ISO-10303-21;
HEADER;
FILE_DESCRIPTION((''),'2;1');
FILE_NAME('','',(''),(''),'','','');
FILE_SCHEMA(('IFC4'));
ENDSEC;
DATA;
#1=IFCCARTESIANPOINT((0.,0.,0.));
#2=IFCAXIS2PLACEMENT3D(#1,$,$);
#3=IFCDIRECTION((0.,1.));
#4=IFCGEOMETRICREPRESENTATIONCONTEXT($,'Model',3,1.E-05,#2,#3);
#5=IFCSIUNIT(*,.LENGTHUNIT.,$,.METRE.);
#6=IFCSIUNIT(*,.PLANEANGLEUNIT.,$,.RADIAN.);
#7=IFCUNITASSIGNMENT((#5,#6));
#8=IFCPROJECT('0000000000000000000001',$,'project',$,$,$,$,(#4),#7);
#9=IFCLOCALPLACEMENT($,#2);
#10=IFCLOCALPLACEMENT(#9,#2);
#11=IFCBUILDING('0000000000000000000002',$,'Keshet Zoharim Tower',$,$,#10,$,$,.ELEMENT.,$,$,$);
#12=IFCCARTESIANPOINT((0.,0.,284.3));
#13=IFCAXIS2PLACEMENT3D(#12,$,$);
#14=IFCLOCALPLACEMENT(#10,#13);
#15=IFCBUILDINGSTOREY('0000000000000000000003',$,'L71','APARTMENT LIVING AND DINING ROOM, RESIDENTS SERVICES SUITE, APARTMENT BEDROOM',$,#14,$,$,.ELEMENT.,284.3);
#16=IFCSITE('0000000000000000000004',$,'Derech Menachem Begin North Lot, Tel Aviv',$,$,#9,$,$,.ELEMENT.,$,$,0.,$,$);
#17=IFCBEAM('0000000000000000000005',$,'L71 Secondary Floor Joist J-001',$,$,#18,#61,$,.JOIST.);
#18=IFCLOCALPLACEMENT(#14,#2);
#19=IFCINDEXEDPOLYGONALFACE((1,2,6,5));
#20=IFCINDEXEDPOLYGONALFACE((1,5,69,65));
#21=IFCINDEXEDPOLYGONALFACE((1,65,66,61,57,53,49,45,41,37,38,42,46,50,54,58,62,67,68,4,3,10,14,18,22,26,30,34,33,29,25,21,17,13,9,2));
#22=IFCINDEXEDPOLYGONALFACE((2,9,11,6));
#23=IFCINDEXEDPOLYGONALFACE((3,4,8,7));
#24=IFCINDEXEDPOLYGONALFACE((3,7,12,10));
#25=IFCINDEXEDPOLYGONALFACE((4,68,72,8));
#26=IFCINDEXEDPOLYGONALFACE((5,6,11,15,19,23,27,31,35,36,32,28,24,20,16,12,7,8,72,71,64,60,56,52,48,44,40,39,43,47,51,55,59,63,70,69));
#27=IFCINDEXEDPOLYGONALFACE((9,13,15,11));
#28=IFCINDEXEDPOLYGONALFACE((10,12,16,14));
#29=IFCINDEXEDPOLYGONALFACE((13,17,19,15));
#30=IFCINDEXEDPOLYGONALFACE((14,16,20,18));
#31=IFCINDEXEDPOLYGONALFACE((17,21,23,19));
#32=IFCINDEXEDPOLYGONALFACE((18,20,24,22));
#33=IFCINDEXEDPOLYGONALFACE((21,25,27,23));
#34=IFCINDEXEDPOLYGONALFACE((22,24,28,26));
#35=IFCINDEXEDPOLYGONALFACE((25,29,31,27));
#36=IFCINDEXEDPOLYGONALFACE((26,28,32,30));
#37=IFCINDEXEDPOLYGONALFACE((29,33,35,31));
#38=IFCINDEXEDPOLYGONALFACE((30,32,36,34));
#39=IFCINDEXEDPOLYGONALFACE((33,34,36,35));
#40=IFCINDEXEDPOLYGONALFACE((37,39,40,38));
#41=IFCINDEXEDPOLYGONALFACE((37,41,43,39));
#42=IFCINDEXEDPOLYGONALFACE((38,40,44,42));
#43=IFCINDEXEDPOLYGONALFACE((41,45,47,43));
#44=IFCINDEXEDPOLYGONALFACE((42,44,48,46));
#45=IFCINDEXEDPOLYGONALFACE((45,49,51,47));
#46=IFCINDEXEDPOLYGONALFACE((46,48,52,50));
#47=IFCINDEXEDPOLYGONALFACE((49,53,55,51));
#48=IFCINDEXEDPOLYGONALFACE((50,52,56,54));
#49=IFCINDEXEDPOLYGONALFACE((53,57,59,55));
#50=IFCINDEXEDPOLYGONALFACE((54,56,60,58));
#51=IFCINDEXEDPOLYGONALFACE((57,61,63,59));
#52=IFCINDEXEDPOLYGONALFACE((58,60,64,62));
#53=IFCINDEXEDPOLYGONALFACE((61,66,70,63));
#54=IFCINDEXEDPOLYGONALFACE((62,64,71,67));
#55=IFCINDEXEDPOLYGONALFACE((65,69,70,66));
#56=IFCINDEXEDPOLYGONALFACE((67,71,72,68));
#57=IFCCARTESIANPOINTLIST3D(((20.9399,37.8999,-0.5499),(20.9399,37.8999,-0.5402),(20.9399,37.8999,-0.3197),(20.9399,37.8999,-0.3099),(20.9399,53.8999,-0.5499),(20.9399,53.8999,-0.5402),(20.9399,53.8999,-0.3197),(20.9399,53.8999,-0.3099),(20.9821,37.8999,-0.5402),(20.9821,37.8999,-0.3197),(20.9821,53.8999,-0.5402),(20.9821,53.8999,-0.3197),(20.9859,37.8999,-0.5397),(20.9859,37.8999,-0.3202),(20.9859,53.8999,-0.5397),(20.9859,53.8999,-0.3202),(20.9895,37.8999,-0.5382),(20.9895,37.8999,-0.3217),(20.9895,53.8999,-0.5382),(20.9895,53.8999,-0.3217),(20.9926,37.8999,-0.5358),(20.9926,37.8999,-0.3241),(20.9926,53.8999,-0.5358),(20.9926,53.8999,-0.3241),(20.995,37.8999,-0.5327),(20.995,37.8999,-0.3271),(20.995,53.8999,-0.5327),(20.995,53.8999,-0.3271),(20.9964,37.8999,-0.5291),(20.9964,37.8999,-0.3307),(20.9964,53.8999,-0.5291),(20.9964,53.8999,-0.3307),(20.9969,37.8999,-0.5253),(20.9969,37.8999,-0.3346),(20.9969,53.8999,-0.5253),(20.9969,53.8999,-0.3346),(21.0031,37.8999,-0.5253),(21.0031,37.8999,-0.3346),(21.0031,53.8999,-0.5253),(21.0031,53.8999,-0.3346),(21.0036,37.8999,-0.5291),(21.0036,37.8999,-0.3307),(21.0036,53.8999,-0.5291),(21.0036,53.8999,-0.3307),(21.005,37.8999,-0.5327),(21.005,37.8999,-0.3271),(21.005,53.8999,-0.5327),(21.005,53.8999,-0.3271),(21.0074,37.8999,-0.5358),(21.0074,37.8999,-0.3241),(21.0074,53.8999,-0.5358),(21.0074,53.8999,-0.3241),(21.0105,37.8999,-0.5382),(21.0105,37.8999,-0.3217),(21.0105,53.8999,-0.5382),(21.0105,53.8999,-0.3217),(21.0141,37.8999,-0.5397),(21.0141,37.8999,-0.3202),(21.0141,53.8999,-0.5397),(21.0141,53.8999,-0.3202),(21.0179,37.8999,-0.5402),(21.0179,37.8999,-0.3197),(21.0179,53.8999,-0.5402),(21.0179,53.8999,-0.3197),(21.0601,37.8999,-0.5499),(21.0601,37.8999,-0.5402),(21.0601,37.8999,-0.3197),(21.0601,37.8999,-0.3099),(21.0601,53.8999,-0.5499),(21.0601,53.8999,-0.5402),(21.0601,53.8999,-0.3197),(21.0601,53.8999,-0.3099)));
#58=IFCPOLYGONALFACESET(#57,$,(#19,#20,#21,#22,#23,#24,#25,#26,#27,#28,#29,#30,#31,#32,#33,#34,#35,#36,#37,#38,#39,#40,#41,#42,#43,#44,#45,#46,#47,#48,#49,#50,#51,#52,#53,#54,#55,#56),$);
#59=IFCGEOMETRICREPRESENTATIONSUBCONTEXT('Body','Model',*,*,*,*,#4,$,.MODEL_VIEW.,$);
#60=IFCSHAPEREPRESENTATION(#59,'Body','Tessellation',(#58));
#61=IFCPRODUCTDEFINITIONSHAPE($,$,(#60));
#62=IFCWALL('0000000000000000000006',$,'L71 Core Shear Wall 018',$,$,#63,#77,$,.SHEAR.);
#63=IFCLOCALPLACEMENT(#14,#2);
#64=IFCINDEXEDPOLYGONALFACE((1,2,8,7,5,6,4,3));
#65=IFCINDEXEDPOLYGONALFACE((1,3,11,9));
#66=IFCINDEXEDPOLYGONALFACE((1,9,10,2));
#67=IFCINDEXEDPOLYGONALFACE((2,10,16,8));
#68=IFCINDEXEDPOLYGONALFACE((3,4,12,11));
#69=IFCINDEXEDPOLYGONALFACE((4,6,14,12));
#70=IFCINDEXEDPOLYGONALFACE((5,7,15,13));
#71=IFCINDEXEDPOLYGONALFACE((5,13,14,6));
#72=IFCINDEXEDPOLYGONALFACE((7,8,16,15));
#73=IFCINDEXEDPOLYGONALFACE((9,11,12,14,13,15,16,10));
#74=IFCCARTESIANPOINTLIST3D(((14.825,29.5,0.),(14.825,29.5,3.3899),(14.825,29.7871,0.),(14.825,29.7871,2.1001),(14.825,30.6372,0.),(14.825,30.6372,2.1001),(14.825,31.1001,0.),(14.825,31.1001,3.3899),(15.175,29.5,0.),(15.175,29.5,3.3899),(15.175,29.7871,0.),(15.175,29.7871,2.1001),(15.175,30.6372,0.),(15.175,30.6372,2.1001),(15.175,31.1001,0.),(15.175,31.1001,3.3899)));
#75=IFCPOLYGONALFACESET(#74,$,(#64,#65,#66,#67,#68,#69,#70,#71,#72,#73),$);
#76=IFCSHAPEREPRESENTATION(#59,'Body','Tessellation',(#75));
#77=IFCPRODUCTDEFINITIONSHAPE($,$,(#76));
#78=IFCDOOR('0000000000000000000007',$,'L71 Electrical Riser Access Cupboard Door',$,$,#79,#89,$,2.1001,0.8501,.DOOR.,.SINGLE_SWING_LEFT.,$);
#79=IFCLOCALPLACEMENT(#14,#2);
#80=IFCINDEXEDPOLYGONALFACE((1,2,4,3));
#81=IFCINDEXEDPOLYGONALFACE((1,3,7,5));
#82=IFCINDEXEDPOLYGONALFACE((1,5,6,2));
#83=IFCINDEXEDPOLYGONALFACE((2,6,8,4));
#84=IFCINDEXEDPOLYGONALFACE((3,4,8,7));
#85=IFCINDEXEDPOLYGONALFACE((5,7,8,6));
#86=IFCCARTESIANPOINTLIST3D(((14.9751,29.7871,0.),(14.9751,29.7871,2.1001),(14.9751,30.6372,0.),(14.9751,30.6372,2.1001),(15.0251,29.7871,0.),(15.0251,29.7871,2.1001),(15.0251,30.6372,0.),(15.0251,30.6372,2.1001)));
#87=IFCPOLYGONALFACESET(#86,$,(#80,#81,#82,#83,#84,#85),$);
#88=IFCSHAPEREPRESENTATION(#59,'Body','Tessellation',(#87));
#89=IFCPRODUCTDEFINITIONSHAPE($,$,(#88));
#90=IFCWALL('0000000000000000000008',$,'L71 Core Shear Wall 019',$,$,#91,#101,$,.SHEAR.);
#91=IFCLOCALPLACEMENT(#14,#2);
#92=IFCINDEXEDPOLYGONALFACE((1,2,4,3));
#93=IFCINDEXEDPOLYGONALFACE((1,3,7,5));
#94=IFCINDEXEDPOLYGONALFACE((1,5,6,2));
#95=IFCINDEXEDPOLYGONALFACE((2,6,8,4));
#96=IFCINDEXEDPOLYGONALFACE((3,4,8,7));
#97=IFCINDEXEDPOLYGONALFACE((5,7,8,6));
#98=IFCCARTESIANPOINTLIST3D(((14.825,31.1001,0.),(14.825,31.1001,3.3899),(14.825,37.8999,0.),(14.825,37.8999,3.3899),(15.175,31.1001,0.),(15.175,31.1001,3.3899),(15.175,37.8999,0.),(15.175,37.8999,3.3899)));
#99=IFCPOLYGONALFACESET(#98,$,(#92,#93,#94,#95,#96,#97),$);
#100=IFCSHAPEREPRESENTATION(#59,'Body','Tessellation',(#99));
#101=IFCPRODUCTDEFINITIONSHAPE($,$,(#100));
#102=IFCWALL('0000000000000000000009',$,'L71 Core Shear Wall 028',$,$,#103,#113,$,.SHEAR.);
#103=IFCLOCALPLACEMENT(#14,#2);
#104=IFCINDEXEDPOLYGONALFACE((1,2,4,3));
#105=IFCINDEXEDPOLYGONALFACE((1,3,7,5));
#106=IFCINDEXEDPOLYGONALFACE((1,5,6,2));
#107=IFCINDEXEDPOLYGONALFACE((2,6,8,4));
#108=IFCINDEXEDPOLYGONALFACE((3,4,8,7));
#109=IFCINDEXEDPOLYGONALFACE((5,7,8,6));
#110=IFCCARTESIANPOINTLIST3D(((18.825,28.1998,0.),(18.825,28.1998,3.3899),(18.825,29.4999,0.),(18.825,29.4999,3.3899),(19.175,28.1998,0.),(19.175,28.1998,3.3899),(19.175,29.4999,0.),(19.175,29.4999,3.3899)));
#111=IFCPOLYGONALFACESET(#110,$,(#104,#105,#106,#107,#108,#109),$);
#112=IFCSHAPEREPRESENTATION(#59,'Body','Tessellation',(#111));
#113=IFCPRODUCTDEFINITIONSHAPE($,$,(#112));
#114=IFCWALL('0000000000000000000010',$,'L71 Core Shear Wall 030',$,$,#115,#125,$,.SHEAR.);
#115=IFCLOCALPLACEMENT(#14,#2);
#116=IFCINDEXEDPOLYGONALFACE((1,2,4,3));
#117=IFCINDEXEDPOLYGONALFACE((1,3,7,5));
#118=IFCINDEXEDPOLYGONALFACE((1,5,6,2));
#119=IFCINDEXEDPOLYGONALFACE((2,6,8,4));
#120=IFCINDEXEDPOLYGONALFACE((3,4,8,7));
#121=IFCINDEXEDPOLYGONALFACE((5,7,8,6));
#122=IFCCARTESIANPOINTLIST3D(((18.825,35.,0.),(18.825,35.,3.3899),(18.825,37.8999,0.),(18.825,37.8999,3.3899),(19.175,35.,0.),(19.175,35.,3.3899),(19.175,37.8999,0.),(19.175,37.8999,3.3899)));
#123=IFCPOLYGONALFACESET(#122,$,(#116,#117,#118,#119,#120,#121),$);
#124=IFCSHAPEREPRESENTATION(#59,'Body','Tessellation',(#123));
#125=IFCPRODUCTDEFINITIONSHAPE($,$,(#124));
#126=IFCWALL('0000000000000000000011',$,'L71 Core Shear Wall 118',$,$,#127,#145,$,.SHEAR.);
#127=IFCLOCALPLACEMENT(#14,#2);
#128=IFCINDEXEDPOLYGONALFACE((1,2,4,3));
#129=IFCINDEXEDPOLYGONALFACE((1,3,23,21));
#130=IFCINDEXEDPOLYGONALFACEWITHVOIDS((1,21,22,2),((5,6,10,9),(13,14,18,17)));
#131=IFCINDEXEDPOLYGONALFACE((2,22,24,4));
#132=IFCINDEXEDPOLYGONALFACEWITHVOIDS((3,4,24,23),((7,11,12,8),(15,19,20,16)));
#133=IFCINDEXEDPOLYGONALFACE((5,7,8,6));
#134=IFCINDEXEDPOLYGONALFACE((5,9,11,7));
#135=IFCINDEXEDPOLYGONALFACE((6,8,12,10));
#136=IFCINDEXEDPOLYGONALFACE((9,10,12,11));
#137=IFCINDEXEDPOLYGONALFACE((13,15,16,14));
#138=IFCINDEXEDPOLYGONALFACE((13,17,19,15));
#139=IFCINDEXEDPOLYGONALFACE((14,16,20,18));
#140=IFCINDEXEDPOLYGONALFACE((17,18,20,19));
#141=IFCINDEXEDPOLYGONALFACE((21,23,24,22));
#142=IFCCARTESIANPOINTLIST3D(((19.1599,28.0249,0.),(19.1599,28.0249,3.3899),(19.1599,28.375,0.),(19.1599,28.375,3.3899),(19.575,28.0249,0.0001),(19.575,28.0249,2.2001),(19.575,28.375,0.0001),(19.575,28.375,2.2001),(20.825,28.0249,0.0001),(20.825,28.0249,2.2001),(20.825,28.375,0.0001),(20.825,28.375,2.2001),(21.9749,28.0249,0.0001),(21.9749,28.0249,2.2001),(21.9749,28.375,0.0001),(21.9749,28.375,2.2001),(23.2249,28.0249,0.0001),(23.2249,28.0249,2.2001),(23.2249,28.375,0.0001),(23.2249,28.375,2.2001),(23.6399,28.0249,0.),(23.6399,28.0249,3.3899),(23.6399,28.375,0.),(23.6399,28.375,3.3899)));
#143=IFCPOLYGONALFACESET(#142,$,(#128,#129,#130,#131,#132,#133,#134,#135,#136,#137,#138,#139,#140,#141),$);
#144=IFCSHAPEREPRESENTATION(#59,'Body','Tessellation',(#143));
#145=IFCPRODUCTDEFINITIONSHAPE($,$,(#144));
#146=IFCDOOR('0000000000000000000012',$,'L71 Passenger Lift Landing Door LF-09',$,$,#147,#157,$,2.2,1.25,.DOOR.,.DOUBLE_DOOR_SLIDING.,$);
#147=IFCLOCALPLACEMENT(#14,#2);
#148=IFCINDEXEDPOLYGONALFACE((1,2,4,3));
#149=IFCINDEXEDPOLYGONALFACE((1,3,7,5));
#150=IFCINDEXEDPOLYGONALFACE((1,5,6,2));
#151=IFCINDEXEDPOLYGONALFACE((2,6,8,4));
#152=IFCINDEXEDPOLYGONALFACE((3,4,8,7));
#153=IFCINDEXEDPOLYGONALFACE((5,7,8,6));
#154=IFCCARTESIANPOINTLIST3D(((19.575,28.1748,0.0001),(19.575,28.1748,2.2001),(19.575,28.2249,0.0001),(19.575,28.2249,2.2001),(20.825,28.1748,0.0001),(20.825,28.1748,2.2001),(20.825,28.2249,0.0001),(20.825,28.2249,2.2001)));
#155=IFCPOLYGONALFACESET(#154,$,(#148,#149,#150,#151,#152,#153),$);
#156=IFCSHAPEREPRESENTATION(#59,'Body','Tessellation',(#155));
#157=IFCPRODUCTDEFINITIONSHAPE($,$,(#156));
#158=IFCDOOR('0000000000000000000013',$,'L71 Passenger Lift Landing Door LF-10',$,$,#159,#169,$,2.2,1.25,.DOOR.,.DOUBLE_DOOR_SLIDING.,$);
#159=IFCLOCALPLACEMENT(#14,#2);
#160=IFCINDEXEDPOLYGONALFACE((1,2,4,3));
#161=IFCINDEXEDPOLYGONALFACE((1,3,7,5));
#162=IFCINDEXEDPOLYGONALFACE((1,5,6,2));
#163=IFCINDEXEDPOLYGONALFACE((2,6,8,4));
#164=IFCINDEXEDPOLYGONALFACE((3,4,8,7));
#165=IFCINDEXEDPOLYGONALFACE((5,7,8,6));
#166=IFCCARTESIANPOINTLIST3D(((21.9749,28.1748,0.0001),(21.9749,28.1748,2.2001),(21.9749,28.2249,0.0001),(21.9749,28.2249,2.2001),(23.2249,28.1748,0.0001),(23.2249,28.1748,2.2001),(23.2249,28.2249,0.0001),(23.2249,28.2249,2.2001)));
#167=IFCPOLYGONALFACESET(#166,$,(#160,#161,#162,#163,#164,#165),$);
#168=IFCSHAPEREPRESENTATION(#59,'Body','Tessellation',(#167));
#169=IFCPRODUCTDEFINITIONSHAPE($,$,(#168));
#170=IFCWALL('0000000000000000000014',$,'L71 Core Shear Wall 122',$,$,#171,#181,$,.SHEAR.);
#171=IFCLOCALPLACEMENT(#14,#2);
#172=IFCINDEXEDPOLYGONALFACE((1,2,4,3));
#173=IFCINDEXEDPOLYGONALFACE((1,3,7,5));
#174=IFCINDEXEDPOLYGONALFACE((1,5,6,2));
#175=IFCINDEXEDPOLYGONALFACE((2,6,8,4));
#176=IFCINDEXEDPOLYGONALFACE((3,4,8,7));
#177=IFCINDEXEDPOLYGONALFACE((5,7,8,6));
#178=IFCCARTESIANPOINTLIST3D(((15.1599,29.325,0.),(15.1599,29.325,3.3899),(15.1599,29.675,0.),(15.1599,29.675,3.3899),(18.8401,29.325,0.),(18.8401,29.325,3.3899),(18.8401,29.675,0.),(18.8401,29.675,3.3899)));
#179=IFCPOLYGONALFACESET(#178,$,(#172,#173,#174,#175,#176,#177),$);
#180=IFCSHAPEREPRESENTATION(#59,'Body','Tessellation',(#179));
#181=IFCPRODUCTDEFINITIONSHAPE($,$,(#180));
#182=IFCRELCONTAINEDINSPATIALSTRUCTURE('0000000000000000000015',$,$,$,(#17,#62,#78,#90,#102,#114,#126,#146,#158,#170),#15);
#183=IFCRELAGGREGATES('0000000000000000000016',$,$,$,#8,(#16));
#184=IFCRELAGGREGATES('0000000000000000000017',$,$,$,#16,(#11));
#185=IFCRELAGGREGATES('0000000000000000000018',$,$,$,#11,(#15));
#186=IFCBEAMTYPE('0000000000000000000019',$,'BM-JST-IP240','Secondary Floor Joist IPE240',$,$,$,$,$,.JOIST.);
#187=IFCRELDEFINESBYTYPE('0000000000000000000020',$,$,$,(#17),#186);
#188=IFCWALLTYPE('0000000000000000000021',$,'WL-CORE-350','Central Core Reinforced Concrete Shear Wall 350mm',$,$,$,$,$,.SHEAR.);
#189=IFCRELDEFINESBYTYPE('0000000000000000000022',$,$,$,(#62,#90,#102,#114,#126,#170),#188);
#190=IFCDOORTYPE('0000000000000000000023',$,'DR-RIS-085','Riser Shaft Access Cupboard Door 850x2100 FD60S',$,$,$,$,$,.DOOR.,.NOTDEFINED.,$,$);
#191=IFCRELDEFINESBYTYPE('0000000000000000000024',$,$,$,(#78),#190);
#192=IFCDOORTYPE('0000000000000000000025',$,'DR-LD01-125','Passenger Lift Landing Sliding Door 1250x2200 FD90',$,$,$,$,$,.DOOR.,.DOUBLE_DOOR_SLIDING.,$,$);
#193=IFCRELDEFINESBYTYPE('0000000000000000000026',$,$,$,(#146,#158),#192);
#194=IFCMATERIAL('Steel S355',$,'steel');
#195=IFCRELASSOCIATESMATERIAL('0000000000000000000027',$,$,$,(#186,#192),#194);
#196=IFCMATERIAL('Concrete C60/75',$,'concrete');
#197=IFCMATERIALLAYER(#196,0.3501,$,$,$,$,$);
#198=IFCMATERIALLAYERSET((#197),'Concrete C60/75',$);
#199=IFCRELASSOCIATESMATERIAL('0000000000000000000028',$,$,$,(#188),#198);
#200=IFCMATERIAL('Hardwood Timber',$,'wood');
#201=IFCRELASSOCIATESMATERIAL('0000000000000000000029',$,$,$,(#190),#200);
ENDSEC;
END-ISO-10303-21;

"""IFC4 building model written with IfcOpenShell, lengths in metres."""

from ifc_helpers import new_model, si_unit, direction, frame, frame_2d, origin, origin_2d, place, context, subcontext, project, spatial, rectangle, i_section, extrude, material, layer, layer_set, material_profile, profile_set, type_object, element, fill, save


model = new_model("IFC4")

# Units and contexts
model_context = context("Model", 3, precision=1e-05, world=origin(), true_north=direction((0.0, 1.0)))
body_context = subcontext(model_context, "Body", "Model", "MODEL_VIEW")
ifc_project = project(units=[si_unit("LENGTHUNIT", "METRE"), si_unit("PLANEANGLEUNIT", "RADIAN")], contexts=[model_context])

# Site, building, storey
site_placement = place(None, origin())
site = spatial("IfcSite", under=ifc_project, at=site_placement, Name="Derech Menachem Begin North Lot, Tel Aviv", CompositionType="ELEMENT", RefElevation=0.0)
building_placement = place(site_placement, origin())
building = spatial("IfcBuilding", under=site, at=building_placement, Name="Keshet Zoharim Tower", CompositionType="ELEMENT")
storey_placement = place(building_placement, frame((0.0, 0.0, 284.3)))
storey = spatial("IfcBuildingStorey", under=building, at=storey_placement, Name="L71", Description="APARTMENT LIVING AND DINING ROOM, RESIDENTS SERVICES SUITE, APARTMENT BEDROOM", CompositionType="ELEMENT", Elevation=284.3)

# Beam
ifc_material_1 = material(Name="Steel S355", Category="steel")
ifc_material_profile = material_profile(ifc_material_1, i_section(OverallWidth=0.1201, OverallDepth=0.24, WebThickness=0.0061, FlangeThickness=0.0098, FilletRadius=0.0149, at=origin_2d()), Name="IPE240")
ifc_profile_set = profile_set([ifc_material_profile], Name="Steel S355")
beam_type = type_object("IfcBeamType", Name="BM-JST-IP240", Description="Secondary Floor Joist IPE240", PredefinedType="JOIST", material=ifc_profile_set)
beam_placement = place(storey_placement, frame((21.0, 37.8999, -0.4299), z_axis=(0.0, 1.0, 0.0), x_axis=(-1.0, 0.0, 0.0)))
element("IfcBeam", 1, at=beam_placement, inside=storey, type_object=beam_type, Name="L71 Secondary Floor Joist J-001", PredefinedType="JOIST", context=body_context, shape_type="SweptSolid", body=[
    extrude(i_section(OverallWidth=0.1201, OverallDepth=0.24, WebThickness=0.0061, FlangeThickness=0.0098, FilletRadius=0.0149, at=origin_2d()), origin(), (0.0, 0.0, 1.0), 16.0),
])

# Wall, opening, door
ifc_material_2 = material(Name="Concrete C60/75", Category="concrete")
ifc_layer_1 = layer(ifc_material_2, 0.3501)
ifc_layer_set_1 = layer_set([ifc_layer_1], Name="Concrete C60/75")
wall_type_1 = type_object("IfcWallType", Name="WL-CORE-350", Description="Central Core Reinforced Concrete Shear Wall 350mm", PredefinedType="SHEAR", material=ifc_layer_set_1)
wall_1_placement = place(storey_placement, frame((15.0, 29.5, 0.0), z_axis=(0.0, 0.0, 1.0), x_axis=(0.0, 1.0, 0.0)))
wall_1 = element("IfcWall", 2, at=wall_1_placement, inside=storey, type_object=wall_type_1, Name="L71 Core Shear Wall 018", PredefinedType="SHEAR", context=body_context, shape_type="SweptSolid", body=[
    extrude(rectangle(XDim=1.6001, YDim=0.3501, at=frame_2d((0.8, 0.0))), origin(), (0.0, 0.0, 1.0), 3.3899),
])
opening_1_placement = place(wall_1_placement, frame((0.2871, 0.0, 0.0)))
opening_1 = element("IfcOpeningElement", 3, at=opening_1_placement, cuts=wall_1, PredefinedType="OPENING", context=body_context, shape_type="SweptSolid", body=[
    extrude(rectangle(XDim=0.8501, YDim=2.1001, at=frame_2d((0.425, 1.05))), frame((0.0, 0.1851, 0.0), z_axis=(0.0, -1.0, 0.0), x_axis=(1.0, 0.0, 0.0)), (0.0, 0.0, 1.0), 0.3701),
])
ifc_material_3 = material(Name="Hardwood Timber", Category="wood")
door_type_1 = type_object("IfcDoorType", Name="DR-RIS-085", Description="Riser Shaft Access Cupboard Door 850x2100 FD60S", OperationType="NOTDEFINED", PredefinedType="DOOR", material=ifc_material_3)
door_1_placement = place(opening_1_placement, origin())
door_1 = element("IfcDoor", 4, at=door_1_placement, inside=storey, type_object=door_type_1, Name="L71 Electrical Riser Access Cupboard Door", OperationType="SINGLE_SWING_LEFT", OverallHeight=2.1001, OverallWidth=0.8501, PredefinedType="DOOR", context=body_context, shape_type="SweptSolid", body=[
    extrude(rectangle(XDim=0.8501, YDim=2.1001, at=frame_2d((0.425, 1.05))), frame((0.0, 0.0249, 0.0), z_axis=(0.0, -1.0, 0.0), x_axis=(1.0, 0.0, 0.0)), (0.0, 0.0, 1.0), 0.05),
])
fill(opening_1, door_1)

# Walls
wall_2_placement = place(storey_placement, frame((15.0, 31.1001, 0.0), z_axis=(0.0, 0.0, 1.0), x_axis=(0.0, 1.0, 0.0)))
element("IfcWall", 5, at=wall_2_placement, inside=storey, type_object=wall_type_1, Name="L71 Core Shear Wall 019", PredefinedType="SHEAR", context=body_context, shape_type="SweptSolid", body=[
    extrude(rectangle(XDim=6.7998, YDim=0.3501, at=frame_2d((3.3999, 0.0))), origin(), (0.0, 0.0, 1.0), 3.3899),
])
wall_3_placement = place(storey_placement, frame((19.0, 28.2, 0.0), z_axis=(0.0, 0.0, 1.0), x_axis=(0.0, 1.0, 0.0)))
element("IfcWall", 6, at=wall_3_placement, inside=storey, type_object=wall_type_1, Name="L71 Core Shear Wall 028", PredefinedType="SHEAR", context=body_context, shape_type="SweptSolid", body=[
    extrude(rectangle(XDim=1.3, YDim=0.3501, at=frame_2d((0.6499, 0.0))), origin(), (0.0, 0.0, 1.0), 3.3899),
])

# Wall
wall_4_placement = place(storey_placement, frame((19.0, 35.0, 0.0), z_axis=(0.0, 0.0, 1.0), x_axis=(0.0, 1.0, 0.0)))
element("IfcWall", 7, at=wall_4_placement, inside=storey, type_object=wall_type_1, Name="L71 Core Shear Wall 030", PredefinedType="SHEAR", context=body_context, shape_type="SweptSolid", body=[
    extrude(rectangle(XDim=2.8999, YDim=0.3501, at=frame_2d((1.45, 0.0))), origin(), (0.0, 0.0, 1.0), 3.3899),
])

# Wall, openings, doors
wall_5_placement = place(storey_placement, frame((19.1599, 28.2, 0.0), z_axis=(0.0, 0.0, 1.0), x_axis=(1.0, 0.0, 0.0)))
wall_5 = element("IfcWall", 8, at=wall_5_placement, inside=storey, type_object=wall_type_1, Name="L71 Core Shear Wall 118", PredefinedType="SHEAR", context=body_context, shape_type="SweptSolid", body=[
    extrude(rectangle(XDim=4.48, YDim=0.3501, at=frame_2d((2.24, 0.0))), origin(), (0.0, 0.0, 1.0), 3.3899),
])
opening_2_placement = place(wall_5_placement, frame((0.415, 0.0, 0.0)))
opening_2 = element("IfcOpeningElement", 9, at=opening_2_placement, cuts=wall_5, PredefinedType="OPENING", context=body_context, shape_type="SweptSolid", body=[
    extrude(rectangle(XDim=1.25, YDim=2.2, at=frame_2d((0.625, 1.1001))), frame((0.0, 0.1851, 0.0), z_axis=(0.0, -1.0, 0.0), x_axis=(1.0, 0.0, 0.0)), (0.0, 0.0, 1.0), 0.3701),
])
opening_3_placement = place(wall_5_placement, frame((2.8149, 0.0, 0.0)))
opening_3 = element("IfcOpeningElement", 10, at=opening_3_placement, cuts=wall_5, PredefinedType="OPENING", context=body_context, shape_type="SweptSolid", body=[
    extrude(rectangle(XDim=1.25, YDim=2.2, at=frame_2d((0.625, 1.1001))), frame((0.0, 0.1851, 0.0), z_axis=(0.0, -1.0, 0.0), x_axis=(1.0, 0.0, 0.0)), (0.0, 0.0, 1.0), 0.3701),
])
door_type_2 = type_object("IfcDoorType", Name="DR-LD01-125", Description="Passenger Lift Landing Sliding Door 1250x2200 FD90", OperationType="DOUBLE_DOOR_SLIDING", PredefinedType="DOOR", material=ifc_material_1)
door_2_placement = place(opening_2_placement, origin())
door_2 = element("IfcDoor", 11, at=door_2_placement, inside=storey, type_object=door_type_2, Name="L71 Passenger Lift Landing Door LF-09", OperationType="DOUBLE_DOOR_SLIDING", OverallHeight=2.2, OverallWidth=1.25, PredefinedType="DOOR", context=body_context, shape_type="SweptSolid", body=[
    extrude(rectangle(XDim=1.25, YDim=2.2, at=frame_2d((0.625, 1.1001))), frame((0.0, 0.0249, 0.0), z_axis=(0.0, -1.0, 0.0), x_axis=(1.0, 0.0, 0.0)), (0.0, 0.0, 1.0), 0.05),
])
fill(opening_2, door_2)
door_3_placement = place(opening_3_placement, origin())
door_3 = element("IfcDoor", 12, at=door_3_placement, inside=storey, type_object=door_type_2, Name="L71 Passenger Lift Landing Door LF-10", OperationType="DOUBLE_DOOR_SLIDING", OverallHeight=2.2, OverallWidth=1.25, PredefinedType="DOOR", context=body_context, shape_type="SweptSolid", body=[
    extrude(rectangle(XDim=1.25, YDim=2.2, at=frame_2d((0.625, 1.1001))), frame((0.0, 0.0249, 0.0), z_axis=(0.0, -1.0, 0.0), x_axis=(1.0, 0.0, 0.0)), (0.0, 0.0, 1.0), 0.05),
])
fill(opening_3, door_3)

# Wall
wall_6_placement = place(storey_placement, frame((15.1599, 29.5, 0.0), z_axis=(0.0, 0.0, 1.0), x_axis=(1.0, 0.0, 0.0)))
element("IfcWall", 13, at=wall_6_placement, inside=storey, type_object=wall_type_1, Name="L71 Core Shear Wall 122", PredefinedType="SHEAR", context=body_context, shape_type="SweptSolid", body=[
    extrude(rectangle(XDim=3.6802, YDim=0.3501, at=frame_2d((1.8401, 0.0))), origin(), (0.0, 0.0, 1.0), 3.3899),
])

save(model, "model.ifc")
